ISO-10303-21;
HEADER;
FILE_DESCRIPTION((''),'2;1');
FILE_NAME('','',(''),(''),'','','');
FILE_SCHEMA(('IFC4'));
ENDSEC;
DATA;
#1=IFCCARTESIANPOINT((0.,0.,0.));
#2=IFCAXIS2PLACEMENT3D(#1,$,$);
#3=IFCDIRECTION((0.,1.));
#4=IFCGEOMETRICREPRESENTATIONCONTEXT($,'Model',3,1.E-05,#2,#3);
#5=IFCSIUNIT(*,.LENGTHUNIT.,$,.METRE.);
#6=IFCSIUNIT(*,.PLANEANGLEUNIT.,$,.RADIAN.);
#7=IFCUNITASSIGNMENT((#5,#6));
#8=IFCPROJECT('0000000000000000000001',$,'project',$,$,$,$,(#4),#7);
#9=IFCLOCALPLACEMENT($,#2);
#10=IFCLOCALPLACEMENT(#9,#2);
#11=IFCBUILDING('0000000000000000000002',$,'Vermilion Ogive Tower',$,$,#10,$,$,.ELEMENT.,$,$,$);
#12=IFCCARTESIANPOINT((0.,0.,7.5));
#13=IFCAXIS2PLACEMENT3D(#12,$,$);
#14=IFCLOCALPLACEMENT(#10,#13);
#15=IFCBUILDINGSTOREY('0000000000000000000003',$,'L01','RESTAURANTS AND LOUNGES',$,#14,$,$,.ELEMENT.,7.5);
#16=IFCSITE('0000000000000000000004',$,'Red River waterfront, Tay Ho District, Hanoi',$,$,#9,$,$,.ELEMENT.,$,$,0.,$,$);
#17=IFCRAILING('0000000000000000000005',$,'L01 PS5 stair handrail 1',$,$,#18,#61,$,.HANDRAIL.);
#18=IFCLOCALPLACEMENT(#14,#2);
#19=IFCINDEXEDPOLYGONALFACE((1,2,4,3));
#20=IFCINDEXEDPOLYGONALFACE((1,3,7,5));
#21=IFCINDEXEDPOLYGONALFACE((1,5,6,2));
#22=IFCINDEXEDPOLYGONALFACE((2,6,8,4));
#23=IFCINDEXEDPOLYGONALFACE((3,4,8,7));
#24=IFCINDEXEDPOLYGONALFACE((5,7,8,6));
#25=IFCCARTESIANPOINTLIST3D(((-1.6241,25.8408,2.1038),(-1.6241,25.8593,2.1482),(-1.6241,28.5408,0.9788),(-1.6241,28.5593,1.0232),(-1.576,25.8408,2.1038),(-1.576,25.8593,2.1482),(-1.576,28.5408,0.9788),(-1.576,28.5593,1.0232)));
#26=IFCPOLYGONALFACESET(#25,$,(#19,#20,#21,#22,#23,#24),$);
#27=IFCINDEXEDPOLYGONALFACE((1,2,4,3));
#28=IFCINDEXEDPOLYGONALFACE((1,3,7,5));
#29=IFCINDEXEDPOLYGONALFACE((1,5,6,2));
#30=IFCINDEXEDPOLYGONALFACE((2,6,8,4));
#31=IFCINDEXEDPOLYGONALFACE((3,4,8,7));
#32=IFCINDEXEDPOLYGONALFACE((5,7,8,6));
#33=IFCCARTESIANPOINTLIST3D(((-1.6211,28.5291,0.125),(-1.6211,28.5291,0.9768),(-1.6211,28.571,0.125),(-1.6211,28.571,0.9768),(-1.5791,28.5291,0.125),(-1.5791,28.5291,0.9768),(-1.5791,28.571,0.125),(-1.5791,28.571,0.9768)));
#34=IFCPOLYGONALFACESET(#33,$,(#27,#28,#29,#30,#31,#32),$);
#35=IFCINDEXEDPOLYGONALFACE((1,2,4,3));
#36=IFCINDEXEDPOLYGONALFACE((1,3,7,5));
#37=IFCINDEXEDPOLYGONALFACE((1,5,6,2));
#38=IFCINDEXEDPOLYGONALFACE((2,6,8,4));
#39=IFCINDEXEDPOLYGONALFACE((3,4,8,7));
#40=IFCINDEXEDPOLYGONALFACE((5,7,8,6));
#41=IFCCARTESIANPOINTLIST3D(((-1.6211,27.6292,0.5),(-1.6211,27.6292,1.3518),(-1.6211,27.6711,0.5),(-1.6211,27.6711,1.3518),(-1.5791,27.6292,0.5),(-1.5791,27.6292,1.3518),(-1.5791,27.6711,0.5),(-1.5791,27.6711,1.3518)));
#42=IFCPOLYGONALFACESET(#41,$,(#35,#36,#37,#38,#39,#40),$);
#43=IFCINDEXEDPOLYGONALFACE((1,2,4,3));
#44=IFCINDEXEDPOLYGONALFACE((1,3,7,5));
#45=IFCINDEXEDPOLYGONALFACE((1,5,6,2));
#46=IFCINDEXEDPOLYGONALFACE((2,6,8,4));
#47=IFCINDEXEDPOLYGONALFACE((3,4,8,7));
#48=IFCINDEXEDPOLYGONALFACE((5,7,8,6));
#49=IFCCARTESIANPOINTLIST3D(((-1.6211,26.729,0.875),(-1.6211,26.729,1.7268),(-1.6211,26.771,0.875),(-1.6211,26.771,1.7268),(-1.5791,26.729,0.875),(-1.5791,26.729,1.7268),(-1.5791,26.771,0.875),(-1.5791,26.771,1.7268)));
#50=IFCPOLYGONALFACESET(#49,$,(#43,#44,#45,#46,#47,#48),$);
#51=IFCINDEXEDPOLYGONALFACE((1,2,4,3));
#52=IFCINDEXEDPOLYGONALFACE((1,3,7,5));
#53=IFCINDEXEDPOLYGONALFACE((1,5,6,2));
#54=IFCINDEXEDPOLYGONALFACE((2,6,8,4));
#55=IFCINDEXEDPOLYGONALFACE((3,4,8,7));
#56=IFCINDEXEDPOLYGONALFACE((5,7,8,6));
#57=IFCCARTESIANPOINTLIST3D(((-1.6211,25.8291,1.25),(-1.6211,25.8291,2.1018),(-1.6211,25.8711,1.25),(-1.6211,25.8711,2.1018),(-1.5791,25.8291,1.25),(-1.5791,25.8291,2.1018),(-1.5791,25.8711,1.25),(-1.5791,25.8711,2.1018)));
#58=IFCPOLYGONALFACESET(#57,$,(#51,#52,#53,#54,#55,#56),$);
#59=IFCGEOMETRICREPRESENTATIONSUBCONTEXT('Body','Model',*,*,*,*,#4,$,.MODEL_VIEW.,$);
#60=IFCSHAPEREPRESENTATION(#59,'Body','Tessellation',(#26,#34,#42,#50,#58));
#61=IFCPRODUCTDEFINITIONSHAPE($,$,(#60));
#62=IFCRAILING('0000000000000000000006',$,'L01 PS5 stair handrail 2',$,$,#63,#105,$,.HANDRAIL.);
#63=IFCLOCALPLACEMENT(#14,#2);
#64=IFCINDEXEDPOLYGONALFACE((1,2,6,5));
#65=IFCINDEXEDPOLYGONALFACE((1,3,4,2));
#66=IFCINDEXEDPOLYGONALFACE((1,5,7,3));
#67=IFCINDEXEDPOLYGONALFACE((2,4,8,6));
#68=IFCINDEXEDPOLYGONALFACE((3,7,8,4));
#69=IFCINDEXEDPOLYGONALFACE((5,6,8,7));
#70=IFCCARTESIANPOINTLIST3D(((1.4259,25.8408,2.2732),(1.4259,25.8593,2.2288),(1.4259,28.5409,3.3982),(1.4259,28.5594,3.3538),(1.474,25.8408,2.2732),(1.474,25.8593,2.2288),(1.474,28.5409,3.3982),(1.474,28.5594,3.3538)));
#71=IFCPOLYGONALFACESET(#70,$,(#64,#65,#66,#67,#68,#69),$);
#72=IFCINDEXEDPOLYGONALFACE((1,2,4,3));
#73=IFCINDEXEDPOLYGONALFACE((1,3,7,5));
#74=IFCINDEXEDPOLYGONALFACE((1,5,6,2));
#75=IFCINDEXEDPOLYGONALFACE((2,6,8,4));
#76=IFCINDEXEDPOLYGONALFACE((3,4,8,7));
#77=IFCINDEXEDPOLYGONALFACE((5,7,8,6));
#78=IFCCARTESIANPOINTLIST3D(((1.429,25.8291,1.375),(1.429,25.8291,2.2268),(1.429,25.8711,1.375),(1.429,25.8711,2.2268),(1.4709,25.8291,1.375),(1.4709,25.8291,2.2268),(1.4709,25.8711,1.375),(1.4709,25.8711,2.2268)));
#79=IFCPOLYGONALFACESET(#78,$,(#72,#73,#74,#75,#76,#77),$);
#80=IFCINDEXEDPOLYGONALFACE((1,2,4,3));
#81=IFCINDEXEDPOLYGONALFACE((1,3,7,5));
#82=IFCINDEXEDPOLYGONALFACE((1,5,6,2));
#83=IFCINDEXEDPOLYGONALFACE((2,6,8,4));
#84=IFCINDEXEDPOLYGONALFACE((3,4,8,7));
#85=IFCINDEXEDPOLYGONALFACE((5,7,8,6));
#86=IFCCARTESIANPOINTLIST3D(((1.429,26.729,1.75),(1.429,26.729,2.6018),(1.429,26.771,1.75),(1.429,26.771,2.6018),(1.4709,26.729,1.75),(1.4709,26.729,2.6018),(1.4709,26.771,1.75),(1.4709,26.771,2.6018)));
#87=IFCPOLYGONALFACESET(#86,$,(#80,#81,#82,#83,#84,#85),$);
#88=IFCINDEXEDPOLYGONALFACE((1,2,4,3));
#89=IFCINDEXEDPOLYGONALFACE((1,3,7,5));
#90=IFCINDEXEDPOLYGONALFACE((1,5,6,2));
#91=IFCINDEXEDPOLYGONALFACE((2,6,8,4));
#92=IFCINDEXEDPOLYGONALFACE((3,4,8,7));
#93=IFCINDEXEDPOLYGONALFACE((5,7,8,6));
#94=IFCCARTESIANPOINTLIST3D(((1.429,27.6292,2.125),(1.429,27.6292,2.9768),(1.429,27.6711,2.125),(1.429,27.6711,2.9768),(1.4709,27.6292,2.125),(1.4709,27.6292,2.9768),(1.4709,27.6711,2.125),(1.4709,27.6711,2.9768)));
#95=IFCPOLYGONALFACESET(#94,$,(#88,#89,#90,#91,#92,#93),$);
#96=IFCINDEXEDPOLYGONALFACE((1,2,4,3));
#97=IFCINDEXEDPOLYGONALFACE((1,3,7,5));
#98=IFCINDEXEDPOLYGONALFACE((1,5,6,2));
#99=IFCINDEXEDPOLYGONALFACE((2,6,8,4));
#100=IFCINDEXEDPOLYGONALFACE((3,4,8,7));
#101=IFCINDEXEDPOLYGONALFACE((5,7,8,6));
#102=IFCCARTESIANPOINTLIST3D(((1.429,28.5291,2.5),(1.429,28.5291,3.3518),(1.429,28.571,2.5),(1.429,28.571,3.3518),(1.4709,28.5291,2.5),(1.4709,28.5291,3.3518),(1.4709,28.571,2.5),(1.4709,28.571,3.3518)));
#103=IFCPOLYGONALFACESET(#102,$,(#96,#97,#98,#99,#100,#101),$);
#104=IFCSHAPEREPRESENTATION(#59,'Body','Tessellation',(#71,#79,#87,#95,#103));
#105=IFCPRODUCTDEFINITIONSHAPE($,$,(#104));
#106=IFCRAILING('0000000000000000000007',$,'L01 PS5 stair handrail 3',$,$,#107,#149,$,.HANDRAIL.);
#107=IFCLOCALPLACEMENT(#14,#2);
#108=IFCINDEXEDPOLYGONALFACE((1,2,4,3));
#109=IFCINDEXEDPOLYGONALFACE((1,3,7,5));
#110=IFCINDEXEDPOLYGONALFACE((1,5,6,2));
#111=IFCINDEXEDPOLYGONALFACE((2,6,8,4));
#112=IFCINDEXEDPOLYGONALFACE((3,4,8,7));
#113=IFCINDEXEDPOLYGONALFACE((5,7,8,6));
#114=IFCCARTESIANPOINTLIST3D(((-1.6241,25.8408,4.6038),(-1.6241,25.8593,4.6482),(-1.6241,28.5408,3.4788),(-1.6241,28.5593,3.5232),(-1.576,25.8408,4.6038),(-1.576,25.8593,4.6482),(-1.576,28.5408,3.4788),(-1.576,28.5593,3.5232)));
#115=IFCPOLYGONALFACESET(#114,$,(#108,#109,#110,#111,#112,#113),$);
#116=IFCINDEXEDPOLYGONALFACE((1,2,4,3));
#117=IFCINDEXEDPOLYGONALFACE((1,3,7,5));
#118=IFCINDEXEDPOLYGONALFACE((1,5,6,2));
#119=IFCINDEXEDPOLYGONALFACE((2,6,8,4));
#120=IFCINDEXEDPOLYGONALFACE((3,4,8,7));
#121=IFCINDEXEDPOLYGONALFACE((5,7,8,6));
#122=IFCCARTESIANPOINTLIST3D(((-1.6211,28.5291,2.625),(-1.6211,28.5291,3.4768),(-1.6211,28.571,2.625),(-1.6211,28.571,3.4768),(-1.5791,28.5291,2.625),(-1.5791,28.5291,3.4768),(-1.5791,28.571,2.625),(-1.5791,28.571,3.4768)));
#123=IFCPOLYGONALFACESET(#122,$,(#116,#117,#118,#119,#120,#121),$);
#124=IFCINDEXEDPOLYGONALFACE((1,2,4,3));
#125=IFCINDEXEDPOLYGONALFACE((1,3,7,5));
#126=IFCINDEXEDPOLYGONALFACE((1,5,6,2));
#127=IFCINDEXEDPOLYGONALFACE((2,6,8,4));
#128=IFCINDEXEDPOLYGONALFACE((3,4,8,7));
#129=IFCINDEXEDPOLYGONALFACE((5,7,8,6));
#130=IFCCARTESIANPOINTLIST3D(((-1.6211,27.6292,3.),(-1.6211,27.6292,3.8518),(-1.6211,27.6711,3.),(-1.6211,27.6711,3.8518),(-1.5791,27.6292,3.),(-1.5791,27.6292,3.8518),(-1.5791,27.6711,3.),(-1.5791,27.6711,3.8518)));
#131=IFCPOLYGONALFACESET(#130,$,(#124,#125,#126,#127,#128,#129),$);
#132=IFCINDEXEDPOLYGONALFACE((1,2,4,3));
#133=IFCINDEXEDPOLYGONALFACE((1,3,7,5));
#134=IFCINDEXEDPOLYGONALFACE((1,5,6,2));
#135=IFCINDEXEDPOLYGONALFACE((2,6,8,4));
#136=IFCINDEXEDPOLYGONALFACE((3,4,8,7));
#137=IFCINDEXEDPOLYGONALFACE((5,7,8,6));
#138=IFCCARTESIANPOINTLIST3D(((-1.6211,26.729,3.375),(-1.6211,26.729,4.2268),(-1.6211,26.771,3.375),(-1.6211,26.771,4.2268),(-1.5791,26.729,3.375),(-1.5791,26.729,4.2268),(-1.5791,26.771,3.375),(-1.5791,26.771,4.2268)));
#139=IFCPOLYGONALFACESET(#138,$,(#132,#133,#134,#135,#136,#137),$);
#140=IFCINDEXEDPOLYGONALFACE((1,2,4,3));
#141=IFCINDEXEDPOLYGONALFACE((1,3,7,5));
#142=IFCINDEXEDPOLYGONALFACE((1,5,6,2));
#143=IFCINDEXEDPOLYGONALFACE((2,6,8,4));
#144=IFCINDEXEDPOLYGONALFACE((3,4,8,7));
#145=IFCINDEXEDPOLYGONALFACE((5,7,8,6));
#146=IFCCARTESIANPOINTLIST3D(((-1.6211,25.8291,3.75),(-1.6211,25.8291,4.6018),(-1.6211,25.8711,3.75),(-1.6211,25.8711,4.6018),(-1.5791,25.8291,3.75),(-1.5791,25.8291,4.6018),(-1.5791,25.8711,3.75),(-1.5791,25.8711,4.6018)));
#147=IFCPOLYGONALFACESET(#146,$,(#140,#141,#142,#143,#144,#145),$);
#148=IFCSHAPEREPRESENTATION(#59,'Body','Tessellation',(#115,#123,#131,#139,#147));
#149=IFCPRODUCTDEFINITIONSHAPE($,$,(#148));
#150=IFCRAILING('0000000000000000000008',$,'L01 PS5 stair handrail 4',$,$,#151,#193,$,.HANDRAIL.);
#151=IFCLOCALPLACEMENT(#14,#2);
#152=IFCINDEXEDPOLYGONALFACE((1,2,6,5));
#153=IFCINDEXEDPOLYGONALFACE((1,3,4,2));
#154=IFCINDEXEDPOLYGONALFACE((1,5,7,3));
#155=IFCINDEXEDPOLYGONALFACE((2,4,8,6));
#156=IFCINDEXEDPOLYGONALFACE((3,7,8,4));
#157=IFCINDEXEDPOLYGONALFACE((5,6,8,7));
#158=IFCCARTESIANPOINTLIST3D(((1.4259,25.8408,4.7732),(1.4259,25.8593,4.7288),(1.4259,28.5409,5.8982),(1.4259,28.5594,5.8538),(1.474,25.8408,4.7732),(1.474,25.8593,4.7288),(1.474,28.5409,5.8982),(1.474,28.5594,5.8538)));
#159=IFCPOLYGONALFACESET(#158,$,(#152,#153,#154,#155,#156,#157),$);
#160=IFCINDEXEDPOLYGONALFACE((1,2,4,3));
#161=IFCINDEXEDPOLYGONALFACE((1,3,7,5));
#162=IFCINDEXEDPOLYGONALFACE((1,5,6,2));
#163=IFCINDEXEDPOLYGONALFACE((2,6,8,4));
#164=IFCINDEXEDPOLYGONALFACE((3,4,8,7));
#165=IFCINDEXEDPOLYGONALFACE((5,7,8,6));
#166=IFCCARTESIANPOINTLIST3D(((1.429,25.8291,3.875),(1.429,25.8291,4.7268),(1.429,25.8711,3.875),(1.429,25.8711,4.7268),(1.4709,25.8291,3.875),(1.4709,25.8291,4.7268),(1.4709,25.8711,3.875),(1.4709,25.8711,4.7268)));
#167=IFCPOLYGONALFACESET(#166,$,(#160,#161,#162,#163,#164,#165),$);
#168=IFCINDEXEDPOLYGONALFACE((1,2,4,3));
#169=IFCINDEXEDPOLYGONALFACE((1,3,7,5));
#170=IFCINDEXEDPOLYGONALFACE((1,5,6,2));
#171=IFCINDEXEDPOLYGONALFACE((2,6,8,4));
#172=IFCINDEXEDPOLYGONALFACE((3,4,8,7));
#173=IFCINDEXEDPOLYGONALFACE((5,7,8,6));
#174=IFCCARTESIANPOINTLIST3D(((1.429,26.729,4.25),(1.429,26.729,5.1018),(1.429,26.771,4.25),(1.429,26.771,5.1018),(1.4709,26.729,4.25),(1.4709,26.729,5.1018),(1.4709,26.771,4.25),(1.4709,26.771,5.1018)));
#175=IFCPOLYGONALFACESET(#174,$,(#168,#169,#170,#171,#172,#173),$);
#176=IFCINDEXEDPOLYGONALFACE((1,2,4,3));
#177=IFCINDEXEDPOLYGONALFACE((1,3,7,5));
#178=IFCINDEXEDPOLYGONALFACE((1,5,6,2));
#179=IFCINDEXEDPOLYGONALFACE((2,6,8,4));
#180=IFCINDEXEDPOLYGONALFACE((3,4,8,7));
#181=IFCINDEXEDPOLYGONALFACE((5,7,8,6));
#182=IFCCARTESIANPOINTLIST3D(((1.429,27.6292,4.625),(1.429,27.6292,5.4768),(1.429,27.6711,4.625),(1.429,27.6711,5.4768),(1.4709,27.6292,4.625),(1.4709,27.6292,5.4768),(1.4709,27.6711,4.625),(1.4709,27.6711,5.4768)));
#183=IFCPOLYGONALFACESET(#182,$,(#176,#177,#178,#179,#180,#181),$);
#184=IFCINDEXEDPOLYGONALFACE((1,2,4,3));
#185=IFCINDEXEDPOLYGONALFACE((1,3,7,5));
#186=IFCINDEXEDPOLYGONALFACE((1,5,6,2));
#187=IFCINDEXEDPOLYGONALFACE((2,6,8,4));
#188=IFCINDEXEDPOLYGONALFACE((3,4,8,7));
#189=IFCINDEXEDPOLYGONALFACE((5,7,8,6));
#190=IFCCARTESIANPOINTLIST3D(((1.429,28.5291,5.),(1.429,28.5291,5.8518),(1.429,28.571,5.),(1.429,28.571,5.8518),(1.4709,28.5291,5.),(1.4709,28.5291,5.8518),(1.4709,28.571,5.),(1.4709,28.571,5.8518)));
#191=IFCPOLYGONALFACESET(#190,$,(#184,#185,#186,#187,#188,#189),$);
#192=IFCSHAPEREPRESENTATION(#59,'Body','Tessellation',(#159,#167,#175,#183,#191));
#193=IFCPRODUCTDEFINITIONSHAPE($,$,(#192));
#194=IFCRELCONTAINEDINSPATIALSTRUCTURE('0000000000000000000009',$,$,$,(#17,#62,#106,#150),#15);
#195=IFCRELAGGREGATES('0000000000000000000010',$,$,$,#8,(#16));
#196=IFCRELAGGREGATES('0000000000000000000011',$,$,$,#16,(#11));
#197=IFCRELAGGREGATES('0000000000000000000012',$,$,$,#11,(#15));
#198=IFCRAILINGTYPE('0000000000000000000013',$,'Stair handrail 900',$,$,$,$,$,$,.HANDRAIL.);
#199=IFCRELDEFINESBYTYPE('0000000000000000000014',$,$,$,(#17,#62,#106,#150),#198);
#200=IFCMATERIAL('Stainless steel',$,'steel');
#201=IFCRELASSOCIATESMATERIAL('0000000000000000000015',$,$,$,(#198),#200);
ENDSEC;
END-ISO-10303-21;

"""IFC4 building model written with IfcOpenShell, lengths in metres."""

from ifc_helpers import new_model, si_unit, direction, frame, origin, origin_2d, place, context, subcontext, project, spatial, rectangle, extrude, material, type_object, element, save


model = new_model("IFC4")

# Units and contexts
model_context = context("Model", 3, precision=1e-05, world=origin(), true_north=direction((0.0, 1.0)))
body_context = subcontext(model_context, "Body", "Model", "MODEL_VIEW")
ifc_project = project(units=[si_unit("LENGTHUNIT", "METRE"), si_unit("PLANEANGLEUNIT", "RADIAN")], contexts=[model_context])

# Site, building, storey
site_placement = place(None, origin())
site = spatial("IfcSite", under=ifc_project, at=site_placement, Name="Red River waterfront, Tay Ho District, Hanoi", CompositionType="ELEMENT", RefElevation=0.0)
building_placement = place(site_placement, origin())
building = spatial("IfcBuilding", under=site, at=building_placement, Name="Vermilion Ogive Tower", CompositionType="ELEMENT")
storey_placement = place(building_placement, frame((0.0, 0.0, 7.5)))
storey = spatial("IfcBuildingStorey", under=building, at=storey_placement, Name="L01", Description="RESTAURANTS AND LOUNGES", CompositionType="ELEMENT", Elevation=7.5)

# Railings
ifc_material_1 = material(Name="Stainless steel", Category="steel")
railing_type_1 = type_object("IfcRailingType", Name="Stair handrail 900", PredefinedType="HANDRAIL", material=ifc_material_1)
railing_1_placement = place(storey_placement, frame((-1.6001, 28.55, 0.125)))
element("IfcRailing", 1, at=railing_1_placement, inside=storey, type_object=railing_type_1, Name="L01 PS5 stair handrail 1", PredefinedType="HANDRAIL", context=body_context, shape_type="SweptSolid", body=[
    extrude(rectangle(XDim=0.0481, YDim=0.0481, at=origin_2d()), frame((0.0, 0.0, 0.876), z_axis=(0.0, -0.923074, 0.384621), x_axis=(1.0, 0.0, 0.0)), (0.0, 0.0, 1.0), 2.925),
    extrude(rectangle(XDim=0.042, YDim=0.042, at=origin_2d()), origin(), (0.0, 0.0, 1.0), 0.8518),
    extrude(rectangle(XDim=0.042, YDim=0.042, at=origin_2d()), frame((0.0, -0.8999, 0.375)), (0.0, 0.0, 1.0), 0.8518),
    extrude(rectangle(XDim=0.042, YDim=0.042, at=origin_2d()), frame((0.0, -1.8, 0.75)), (0.0, 0.0, 1.0), 0.8518),
    extrude(rectangle(XDim=0.042, YDim=0.042, at=origin_2d()), frame((0.0, -2.7, 1.125)), (0.0, 0.0, 1.0), 0.8518),
])
railing_2_placement = place(storey_placement, frame((1.45, 25.8501, 1.375)))
element("IfcRailing", 2, at=railing_2_placement, inside=storey, type_object=railing_type_1, Name="L01 PS5 stair handrail 2", PredefinedType="HANDRAIL", context=body_context, shape_type="SweptSolid", body=[
    extrude(rectangle(XDim=0.0481, YDim=0.0481, at=origin_2d()), frame((0.0, 0.0, 0.876), z_axis=(0.0, 0.923074, 0.384621), x_axis=(-1.0, 0.0, 0.0)), (0.0, 0.0, 1.0), 2.925),
    extrude(rectangle(XDim=0.042, YDim=0.042, at=origin_2d()), origin(), (0.0, 0.0, 1.0), 0.8518),
    extrude(rectangle(XDim=0.042, YDim=0.042, at=origin_2d()), frame((0.0, 0.8999, 0.375)), (0.0, 0.0, 1.0), 0.8518),
    extrude(rectangle(XDim=0.042, YDim=0.042, at=origin_2d()), frame((0.0, 1.8, 0.75)), (0.0, 0.0, 1.0), 0.8518),
    extrude(rectangle(XDim=0.042, YDim=0.042, at=origin_2d()), frame((0.0, 2.7, 1.125)), (0.0, 0.0, 1.0), 0.8518),
])
railing_3_placement = place(storey_placement, frame((-1.6001, 28.55, 2.625)))
element("IfcRailing", 3, at=railing_3_placement, inside=storey, type_object=railing_type_1, Name="L01 PS5 stair handrail 3", PredefinedType="HANDRAIL", context=body_context, shape_type="SweptSolid", body=[
    extrude(rectangle(XDim=0.0481, YDim=0.0481, at=origin_2d()), frame((0.0, 0.0, 0.876), z_axis=(0.0, -0.923074, 0.384621), x_axis=(1.0, 0.0, 0.0)), (0.0, 0.0, 1.0), 2.925),
    extrude(rectangle(XDim=0.042, YDim=0.042, at=origin_2d()), origin(), (0.0, 0.0, 1.0), 0.8518),
    extrude(rectangle(XDim=0.042, YDim=0.042, at=origin_2d()), frame((0.0, -0.8999, 0.375)), (0.0, 0.0, 1.0), 0.8518),
    extrude(rectangle(XDim=0.042, YDim=0.042, at=origin_2d()), frame((0.0, -1.8, 0.75)), (0.0, 0.0, 1.0), 0.8518),
    extrude(rectangle(XDim=0.042, YDim=0.042, at=origin_2d()), frame((0.0, -2.7, 1.125)), (0.0, 0.0, 1.0), 0.8518),
])
railing_4_placement = place(storey_placement, frame((1.45, 25.8501, 3.875)))
element("IfcRailing", 4, at=railing_4_placement, inside=storey, type_object=railing_type_1, Name="L01 PS5 stair handrail 4", PredefinedType="HANDRAIL", context=body_context, shape_type="SweptSolid", body=[
    extrude(rectangle(XDim=0.0481, YDim=0.0481, at=origin_2d()), frame((0.0, 0.0, 0.876), z_axis=(0.0, 0.923074, 0.384621), x_axis=(-1.0, 0.0, 0.0)), (0.0, 0.0, 1.0), 2.925),
    extrude(rectangle(XDim=0.042, YDim=0.042, at=origin_2d()), origin(), (0.0, 0.0, 1.0), 0.8518),
    extrude(rectangle(XDim=0.042, YDim=0.042, at=origin_2d()), frame((0.0, 0.8999, 0.375)), (0.0, 0.0, 1.0), 0.8518),
    extrude(rectangle(XDim=0.042, YDim=0.042, at=origin_2d()), frame((0.0, 1.8, 0.75)), (0.0, 0.0, 1.0), 0.8518),
    extrude(rectangle(XDim=0.042, YDim=0.042, at=origin_2d()), frame((0.0, 2.7, 1.125)), (0.0, 0.0, 1.0), 0.8518),
])

save(model, "model.ifc")
